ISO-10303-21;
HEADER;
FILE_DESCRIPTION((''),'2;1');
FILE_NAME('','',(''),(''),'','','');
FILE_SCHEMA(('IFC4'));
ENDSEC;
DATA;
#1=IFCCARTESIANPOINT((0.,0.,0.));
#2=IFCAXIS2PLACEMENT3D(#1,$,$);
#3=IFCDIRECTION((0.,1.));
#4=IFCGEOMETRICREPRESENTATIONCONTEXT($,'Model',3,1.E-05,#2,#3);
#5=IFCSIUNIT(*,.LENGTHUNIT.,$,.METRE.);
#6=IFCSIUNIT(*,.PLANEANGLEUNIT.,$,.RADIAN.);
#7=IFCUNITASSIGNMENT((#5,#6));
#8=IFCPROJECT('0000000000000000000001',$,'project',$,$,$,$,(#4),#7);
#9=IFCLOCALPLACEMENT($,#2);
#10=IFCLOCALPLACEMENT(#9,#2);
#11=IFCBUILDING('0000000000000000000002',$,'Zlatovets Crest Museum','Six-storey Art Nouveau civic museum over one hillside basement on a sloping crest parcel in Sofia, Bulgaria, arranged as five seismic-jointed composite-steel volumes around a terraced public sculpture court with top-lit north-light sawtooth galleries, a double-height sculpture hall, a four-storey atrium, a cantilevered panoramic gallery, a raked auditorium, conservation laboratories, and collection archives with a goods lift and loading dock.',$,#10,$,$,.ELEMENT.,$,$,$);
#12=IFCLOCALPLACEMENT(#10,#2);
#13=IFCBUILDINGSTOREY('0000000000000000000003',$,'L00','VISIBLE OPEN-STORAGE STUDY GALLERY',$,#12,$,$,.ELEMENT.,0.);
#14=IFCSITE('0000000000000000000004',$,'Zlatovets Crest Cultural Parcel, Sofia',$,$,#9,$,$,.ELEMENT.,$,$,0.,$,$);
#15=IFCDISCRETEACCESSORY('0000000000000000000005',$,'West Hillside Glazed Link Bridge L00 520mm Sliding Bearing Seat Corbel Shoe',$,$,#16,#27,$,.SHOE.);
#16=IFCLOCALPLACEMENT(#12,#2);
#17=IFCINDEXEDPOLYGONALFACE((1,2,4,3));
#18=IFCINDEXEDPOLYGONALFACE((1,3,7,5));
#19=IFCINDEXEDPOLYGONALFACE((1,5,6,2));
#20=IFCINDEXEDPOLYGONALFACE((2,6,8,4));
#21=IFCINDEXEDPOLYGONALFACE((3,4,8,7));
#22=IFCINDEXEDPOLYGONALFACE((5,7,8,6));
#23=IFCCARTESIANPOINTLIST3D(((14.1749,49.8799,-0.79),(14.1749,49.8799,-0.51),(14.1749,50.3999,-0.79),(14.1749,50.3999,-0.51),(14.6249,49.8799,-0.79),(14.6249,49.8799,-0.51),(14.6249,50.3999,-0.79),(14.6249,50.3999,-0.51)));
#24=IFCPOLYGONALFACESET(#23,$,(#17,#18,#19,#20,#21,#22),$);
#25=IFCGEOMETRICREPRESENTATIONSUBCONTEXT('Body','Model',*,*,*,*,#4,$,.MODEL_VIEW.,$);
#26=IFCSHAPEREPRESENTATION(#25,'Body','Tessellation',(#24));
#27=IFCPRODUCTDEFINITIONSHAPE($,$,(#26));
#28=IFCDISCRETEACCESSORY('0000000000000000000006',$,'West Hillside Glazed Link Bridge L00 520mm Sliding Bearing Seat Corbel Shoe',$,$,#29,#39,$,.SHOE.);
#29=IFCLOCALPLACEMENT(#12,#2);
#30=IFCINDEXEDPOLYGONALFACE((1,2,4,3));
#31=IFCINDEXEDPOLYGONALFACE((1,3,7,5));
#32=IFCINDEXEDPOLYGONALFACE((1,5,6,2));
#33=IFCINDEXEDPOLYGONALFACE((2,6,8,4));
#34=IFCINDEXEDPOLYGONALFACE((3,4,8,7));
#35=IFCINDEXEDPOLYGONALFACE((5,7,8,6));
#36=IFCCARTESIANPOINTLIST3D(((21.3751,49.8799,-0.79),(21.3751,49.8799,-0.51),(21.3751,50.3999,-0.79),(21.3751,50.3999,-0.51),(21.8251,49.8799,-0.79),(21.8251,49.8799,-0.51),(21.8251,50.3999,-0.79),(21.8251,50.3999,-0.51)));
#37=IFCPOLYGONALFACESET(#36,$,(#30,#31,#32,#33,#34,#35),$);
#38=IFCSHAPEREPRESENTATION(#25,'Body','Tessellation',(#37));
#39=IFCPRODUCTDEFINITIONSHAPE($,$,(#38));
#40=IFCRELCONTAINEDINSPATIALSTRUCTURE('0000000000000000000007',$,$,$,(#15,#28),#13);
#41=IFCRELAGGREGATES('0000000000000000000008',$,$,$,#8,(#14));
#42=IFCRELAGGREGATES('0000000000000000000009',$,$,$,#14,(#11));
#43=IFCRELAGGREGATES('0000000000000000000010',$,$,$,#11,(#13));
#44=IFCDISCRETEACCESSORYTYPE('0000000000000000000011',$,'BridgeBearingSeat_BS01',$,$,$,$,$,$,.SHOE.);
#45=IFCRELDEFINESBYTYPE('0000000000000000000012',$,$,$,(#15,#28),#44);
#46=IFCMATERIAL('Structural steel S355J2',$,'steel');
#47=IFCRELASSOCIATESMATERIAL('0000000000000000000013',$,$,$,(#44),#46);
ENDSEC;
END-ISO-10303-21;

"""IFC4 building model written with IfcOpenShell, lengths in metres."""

from ifc_helpers import new_model, si_unit, direction, frame, origin, origin_2d, place, context, subcontext, project, spatial, rectangle, extrude, material, type_object, element, save


model = new_model("IFC4")

# Units and contexts
model_context = context("Model", 3, precision=1e-05, world=origin(), true_north=direction((0.0, 1.0)))
body_context = subcontext(model_context, "Body", "Model", "MODEL_VIEW")
ifc_project = project(units=[si_unit("LENGTHUNIT", "METRE"), si_unit("PLANEANGLEUNIT", "RADIAN")], contexts=[model_context])

# Site, building, storey
site_placement = place(None, origin())
site = spatial("IfcSite", under=ifc_project, at=site_placement, Name="Zlatovets Crest Cultural Parcel, Sofia", CompositionType="ELEMENT", RefElevation=0.0)
building_placement = place(site_placement, origin())
building = spatial("IfcBuilding", under=site, at=building_placement, Name="Zlatovets Crest Museum", Description="Six-storey Art Nouveau civic museum over one hillside basement on a sloping crest parcel in Sofia, Bulgaria, arranged as five seismic-jointed composite-steel volumes around a terraced public sculpture court with top-lit north-light sawtooth galleries, a double-height sculpture hall, a four-storey atrium, a cantilevered panoramic gallery, a raked auditorium, conservation laboratories, and collection archives with a goods lift and loading dock.", CompositionType="ELEMENT")
storey_placement = place(building_placement, origin())
storey = spatial("IfcBuildingStorey", under=building, at=storey_placement, Name="L00", Description="VISIBLE OPEN-STORAGE STUDY GALLERY", CompositionType="ELEMENT", Elevation=0.0)

# Shared definitions
ifc_material_1 = material(Name="Structural steel S355J2", Category="steel")

# Discrete accessories
discrete_accessory_type = type_object("IfcDiscreteAccessoryType", Name="BridgeBearingSeat_BS01", PredefinedType="SHOE", material=ifc_material_1)
for number, where, z_axis, x_axis, name in (
    (1, (14.3999, 50.1399, -0.79), (0.0, 0.0, 1.0), (1.0, 0.0, 0.0), "West Hillside Glazed Link Bridge L00 520mm Sliding Bearing Seat Corbel Shoe"),
    (2, (21.6001, 50.1399, -0.79), (0.0, 0.0, 1.0), (1.0, 0.0, 0.0), "West Hillside Glazed Link Bridge L00 520mm Sliding Bearing Seat Corbel Shoe"),
):
    element("IfcDiscreteAccessory", number, at=place(storey_placement, frame(where, z_axis=z_axis, x_axis=x_axis)), inside=storey, type_object=discrete_accessory_type, Name=name, PredefinedType="SHOE", context=body_context, shape_type="SweptSolid", body=[
        extrude(rectangle(XDim=0.45, YDim=0.52, at=origin_2d()), origin(), (0.0, 0.0, 1.0), 0.28),
    ])

save(model, "model.ifc")
